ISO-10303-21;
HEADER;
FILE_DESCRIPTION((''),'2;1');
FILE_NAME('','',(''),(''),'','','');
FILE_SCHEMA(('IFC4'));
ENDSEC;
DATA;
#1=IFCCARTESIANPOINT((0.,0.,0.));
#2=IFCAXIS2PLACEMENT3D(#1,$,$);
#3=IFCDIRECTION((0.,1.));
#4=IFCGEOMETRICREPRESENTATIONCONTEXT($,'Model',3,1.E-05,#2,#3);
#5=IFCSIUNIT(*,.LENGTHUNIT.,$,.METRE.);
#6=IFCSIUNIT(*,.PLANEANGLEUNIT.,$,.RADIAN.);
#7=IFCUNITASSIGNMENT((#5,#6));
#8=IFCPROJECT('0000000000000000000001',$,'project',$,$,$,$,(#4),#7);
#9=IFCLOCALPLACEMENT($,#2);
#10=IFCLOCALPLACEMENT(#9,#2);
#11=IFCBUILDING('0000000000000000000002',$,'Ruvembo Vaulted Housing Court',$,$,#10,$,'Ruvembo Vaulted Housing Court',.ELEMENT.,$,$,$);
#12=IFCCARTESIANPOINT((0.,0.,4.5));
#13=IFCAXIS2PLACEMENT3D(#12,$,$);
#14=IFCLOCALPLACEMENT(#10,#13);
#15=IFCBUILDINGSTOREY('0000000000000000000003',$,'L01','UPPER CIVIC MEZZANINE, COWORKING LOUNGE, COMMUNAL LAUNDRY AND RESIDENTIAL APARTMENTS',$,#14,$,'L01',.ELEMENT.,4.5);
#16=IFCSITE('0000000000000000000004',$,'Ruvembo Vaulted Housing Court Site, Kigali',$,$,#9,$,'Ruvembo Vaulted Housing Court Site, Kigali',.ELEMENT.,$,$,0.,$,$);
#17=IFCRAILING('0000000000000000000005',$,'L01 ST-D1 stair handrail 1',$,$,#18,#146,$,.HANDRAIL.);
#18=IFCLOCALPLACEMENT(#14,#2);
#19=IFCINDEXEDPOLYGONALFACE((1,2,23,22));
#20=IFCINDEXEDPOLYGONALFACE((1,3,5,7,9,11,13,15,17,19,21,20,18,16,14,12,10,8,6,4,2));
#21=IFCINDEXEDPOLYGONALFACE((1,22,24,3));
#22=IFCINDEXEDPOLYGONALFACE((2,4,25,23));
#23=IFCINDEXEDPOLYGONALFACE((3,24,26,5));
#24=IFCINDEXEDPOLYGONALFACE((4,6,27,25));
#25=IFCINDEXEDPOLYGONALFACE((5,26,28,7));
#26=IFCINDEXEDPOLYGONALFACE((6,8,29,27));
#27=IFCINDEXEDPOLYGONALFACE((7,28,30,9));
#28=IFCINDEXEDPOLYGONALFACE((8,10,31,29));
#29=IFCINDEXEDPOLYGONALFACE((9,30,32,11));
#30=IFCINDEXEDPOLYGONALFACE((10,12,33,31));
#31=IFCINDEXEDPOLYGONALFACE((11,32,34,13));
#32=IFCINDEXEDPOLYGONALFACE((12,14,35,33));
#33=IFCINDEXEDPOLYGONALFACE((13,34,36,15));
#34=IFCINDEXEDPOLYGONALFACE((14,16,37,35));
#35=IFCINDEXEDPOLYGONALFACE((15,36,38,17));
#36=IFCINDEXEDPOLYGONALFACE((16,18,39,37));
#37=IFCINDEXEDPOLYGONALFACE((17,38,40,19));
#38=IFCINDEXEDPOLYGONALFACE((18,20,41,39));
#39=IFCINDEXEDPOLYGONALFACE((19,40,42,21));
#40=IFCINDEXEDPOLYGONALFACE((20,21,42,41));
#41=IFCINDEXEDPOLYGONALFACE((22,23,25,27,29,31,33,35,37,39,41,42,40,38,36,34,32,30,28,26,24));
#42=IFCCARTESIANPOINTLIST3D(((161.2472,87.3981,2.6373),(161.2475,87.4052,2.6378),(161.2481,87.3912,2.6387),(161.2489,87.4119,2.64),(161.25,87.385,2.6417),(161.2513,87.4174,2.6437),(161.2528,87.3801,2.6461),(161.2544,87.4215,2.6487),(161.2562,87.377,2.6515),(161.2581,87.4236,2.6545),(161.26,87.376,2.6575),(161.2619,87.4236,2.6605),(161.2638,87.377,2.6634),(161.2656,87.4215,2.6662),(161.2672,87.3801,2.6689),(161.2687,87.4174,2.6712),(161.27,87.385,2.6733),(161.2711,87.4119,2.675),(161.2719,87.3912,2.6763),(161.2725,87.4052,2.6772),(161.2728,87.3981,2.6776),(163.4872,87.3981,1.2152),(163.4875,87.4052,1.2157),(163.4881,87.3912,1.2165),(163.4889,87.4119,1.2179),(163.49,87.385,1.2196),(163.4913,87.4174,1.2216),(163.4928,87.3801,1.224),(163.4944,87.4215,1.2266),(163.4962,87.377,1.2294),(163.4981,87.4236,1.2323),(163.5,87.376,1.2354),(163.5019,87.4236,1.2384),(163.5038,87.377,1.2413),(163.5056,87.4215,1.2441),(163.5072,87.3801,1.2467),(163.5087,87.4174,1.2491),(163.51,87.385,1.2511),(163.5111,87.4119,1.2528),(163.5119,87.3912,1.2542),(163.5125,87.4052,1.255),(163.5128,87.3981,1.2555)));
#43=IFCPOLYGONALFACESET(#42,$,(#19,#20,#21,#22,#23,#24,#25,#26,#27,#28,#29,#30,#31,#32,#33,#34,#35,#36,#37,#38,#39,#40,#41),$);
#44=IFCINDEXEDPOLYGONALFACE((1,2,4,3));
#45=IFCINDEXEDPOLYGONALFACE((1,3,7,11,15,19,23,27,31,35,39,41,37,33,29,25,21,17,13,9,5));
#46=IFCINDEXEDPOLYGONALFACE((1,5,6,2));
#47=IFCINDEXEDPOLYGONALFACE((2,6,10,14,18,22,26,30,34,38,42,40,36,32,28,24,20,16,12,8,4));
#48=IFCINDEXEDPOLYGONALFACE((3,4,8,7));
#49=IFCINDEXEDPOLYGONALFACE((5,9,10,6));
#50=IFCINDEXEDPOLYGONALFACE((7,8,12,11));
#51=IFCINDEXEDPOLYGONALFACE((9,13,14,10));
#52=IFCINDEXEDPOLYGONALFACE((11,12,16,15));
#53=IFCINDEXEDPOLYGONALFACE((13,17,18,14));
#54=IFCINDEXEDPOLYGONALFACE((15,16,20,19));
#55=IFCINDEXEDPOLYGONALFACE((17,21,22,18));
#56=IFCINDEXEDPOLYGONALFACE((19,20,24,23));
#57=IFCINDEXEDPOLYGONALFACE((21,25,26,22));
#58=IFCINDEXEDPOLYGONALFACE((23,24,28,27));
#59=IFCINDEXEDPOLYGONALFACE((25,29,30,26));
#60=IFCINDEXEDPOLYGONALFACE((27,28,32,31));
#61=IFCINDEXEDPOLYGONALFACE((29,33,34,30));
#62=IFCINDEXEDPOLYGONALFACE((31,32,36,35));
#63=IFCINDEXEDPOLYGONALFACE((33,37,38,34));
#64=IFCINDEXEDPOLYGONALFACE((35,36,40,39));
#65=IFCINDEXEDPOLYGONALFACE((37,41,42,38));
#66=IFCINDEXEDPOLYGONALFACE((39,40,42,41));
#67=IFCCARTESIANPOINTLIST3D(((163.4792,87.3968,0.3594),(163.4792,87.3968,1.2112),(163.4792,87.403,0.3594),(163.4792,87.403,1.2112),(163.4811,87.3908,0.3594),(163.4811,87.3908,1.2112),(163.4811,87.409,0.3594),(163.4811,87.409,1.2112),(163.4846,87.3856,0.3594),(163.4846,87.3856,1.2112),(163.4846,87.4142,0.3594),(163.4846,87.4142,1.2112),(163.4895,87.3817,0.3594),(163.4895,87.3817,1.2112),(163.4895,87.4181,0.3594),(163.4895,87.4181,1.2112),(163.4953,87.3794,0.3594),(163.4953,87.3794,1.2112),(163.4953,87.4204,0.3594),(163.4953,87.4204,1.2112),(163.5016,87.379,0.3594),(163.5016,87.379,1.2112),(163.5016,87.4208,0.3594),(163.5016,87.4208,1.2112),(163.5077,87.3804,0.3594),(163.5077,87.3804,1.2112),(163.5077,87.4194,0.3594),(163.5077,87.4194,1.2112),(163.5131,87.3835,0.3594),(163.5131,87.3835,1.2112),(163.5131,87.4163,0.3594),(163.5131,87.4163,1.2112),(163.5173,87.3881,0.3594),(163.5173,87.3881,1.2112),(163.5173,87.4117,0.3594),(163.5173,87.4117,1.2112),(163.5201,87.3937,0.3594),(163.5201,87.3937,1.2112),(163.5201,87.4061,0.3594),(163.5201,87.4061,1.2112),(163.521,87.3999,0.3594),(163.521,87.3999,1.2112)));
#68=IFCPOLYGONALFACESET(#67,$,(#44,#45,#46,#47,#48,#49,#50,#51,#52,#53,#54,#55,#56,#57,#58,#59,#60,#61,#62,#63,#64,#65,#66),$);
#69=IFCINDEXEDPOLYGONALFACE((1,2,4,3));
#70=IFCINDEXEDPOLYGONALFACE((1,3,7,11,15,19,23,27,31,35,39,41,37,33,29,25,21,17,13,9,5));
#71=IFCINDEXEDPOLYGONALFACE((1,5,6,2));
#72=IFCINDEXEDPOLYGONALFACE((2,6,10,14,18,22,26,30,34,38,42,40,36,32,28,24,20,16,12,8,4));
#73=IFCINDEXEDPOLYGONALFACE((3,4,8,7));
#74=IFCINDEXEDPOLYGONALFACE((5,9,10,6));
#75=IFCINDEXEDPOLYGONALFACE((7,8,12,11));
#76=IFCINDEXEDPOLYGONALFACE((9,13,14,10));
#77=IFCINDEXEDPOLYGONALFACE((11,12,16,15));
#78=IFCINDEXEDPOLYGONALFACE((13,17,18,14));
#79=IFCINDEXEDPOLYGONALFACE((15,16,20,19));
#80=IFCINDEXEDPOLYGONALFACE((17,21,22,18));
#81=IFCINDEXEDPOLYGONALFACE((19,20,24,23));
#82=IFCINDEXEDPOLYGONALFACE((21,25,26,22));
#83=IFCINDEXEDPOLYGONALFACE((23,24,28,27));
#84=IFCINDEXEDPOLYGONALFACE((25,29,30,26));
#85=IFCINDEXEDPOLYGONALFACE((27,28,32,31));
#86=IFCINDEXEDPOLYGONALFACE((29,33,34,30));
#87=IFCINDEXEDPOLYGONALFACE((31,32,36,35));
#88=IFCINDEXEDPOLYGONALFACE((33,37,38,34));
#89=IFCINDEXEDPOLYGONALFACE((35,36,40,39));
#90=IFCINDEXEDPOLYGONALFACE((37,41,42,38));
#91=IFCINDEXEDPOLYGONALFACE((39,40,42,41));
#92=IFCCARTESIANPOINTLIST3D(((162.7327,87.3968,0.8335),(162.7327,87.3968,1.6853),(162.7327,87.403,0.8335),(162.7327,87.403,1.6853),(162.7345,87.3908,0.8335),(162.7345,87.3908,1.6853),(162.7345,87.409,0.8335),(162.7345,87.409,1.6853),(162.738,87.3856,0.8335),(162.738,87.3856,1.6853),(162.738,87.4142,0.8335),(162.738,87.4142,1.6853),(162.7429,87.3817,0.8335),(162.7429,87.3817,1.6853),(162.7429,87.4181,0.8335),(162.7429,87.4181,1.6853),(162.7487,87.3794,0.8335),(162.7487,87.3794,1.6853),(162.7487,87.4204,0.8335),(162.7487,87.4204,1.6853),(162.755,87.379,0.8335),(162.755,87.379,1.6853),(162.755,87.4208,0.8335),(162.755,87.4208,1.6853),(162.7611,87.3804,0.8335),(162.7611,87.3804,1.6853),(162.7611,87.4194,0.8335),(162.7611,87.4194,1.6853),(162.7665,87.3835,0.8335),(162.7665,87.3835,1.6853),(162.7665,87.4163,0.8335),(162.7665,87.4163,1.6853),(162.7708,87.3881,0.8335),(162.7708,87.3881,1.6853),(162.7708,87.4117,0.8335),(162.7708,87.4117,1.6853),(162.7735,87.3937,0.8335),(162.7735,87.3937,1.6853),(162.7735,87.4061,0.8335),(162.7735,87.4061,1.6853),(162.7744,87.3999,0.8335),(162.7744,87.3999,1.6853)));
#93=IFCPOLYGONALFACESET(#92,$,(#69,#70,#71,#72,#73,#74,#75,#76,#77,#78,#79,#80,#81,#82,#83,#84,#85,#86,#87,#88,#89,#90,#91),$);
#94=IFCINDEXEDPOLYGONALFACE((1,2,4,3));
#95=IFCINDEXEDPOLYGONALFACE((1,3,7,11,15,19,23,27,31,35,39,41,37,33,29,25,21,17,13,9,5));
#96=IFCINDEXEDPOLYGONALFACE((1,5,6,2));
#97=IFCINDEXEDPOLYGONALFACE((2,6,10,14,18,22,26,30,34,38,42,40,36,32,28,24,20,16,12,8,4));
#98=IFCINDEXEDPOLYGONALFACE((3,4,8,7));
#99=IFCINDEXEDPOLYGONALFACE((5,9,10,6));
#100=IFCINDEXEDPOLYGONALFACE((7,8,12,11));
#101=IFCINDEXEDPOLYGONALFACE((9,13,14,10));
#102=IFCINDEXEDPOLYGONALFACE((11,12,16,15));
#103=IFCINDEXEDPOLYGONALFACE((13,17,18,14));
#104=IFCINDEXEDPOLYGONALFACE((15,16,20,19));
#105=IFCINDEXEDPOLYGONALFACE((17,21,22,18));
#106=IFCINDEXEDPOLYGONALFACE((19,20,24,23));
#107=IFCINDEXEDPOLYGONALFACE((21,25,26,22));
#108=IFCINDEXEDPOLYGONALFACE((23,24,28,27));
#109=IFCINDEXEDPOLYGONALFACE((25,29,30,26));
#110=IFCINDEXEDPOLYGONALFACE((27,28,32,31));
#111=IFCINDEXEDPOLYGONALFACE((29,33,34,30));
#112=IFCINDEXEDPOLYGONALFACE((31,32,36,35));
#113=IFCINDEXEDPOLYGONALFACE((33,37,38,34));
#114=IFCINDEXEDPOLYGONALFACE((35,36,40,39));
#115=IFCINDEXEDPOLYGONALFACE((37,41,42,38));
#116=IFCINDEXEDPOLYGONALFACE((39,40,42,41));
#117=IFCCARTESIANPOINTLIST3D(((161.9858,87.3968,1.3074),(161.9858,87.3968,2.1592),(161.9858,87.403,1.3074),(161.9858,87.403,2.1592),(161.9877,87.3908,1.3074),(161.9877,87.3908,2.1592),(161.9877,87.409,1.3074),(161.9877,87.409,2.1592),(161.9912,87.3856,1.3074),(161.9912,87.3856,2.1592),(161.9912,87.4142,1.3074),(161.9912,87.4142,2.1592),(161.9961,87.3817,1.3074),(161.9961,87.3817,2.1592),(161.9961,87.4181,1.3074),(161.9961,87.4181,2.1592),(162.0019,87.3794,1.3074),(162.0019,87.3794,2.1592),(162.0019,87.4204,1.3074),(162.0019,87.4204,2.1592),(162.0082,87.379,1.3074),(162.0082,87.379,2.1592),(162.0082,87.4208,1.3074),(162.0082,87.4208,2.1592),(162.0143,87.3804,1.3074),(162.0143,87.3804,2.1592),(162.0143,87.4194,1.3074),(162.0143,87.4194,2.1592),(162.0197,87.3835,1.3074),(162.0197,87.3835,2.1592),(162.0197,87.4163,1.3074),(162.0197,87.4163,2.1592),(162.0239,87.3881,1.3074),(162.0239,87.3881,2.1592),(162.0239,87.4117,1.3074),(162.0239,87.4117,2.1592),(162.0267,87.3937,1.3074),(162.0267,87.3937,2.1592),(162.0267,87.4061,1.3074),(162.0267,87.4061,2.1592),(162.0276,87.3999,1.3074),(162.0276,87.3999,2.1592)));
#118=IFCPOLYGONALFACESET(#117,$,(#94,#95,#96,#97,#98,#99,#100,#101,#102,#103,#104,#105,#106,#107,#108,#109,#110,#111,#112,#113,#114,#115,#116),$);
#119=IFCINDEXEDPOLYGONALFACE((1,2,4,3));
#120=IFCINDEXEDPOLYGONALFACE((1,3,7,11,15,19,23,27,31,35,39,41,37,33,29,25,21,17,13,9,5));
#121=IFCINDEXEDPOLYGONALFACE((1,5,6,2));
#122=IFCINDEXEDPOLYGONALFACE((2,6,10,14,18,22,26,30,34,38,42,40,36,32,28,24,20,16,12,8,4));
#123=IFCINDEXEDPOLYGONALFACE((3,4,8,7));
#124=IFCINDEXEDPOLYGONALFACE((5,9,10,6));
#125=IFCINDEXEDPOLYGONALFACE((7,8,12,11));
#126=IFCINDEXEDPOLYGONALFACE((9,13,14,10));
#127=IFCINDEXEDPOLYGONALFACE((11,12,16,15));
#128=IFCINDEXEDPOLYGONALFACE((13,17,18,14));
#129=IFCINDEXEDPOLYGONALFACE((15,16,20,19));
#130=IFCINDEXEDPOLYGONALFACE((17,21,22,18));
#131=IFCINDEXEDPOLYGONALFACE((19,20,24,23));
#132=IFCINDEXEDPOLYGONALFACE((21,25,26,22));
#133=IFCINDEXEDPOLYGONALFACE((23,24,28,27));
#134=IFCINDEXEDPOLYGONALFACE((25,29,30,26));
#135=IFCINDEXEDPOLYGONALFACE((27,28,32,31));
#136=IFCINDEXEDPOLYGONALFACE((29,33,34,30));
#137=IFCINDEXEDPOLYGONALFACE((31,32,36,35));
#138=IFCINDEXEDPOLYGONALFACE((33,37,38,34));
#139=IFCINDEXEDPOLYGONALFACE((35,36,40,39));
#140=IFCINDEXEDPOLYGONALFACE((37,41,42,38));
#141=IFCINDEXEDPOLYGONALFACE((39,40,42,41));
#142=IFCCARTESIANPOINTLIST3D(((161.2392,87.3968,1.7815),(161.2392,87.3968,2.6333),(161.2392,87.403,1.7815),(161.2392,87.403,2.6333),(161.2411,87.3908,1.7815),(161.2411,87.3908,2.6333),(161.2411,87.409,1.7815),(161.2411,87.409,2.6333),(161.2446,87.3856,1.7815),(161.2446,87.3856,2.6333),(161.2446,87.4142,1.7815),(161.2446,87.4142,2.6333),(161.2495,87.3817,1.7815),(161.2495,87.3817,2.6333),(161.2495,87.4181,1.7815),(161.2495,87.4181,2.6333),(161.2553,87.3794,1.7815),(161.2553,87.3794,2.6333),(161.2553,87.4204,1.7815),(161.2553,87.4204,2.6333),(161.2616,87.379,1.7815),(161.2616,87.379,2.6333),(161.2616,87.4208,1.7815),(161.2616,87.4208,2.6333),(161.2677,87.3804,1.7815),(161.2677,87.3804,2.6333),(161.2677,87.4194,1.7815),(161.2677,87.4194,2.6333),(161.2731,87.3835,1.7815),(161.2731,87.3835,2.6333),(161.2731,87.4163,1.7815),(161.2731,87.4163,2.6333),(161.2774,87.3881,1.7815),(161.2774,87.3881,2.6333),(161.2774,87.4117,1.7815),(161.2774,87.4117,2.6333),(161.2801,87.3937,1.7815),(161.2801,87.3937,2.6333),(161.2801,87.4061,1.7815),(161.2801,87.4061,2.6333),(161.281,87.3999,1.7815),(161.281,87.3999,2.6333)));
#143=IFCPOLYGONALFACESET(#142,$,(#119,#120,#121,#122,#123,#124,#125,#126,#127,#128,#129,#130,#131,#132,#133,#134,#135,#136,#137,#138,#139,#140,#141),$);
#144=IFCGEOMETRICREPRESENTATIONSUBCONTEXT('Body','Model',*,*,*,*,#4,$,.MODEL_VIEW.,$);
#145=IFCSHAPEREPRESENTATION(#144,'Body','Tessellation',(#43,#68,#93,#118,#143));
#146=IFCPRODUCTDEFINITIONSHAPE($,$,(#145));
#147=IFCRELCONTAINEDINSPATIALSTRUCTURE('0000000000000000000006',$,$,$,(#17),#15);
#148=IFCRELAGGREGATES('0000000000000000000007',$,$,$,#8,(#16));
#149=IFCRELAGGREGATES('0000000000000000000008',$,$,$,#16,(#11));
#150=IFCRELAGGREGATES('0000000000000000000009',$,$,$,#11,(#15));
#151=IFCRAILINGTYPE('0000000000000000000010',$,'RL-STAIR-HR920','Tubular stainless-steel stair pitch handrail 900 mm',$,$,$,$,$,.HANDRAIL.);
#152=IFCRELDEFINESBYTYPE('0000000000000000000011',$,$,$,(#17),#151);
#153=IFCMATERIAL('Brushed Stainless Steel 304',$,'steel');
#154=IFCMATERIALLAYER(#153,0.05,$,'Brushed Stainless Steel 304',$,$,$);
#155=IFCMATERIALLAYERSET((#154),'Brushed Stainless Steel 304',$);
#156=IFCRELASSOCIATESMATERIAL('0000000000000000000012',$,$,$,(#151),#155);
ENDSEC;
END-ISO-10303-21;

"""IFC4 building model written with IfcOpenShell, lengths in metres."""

from ifc_helpers import new_model, si_unit, direction, frame, origin, origin_2d, place, context, subcontext, project, spatial, circle, extrude, material, layer, layer_set, type_object, element, save


model = new_model("IFC4")

# Units and contexts
model_context = context("Model", 3, precision=1e-05, world=origin(), true_north=direction((0.0, 1.0)))
body_context = subcontext(model_context, "Body", "Model", "MODEL_VIEW")
ifc_project = project(units=[si_unit("LENGTHUNIT", "METRE"), si_unit("PLANEANGLEUNIT", "RADIAN")], contexts=[model_context])

# Site, building, storey
site_placement = place(None, origin())
site = spatial("IfcSite", under=ifc_project, at=site_placement, Name="Ruvembo Vaulted Housing Court Site, Kigali", LongName="Ruvembo Vaulted Housing Court Site, Kigali", CompositionType="ELEMENT", RefElevation=0.0)
building_placement = place(site_placement, origin())
building = spatial("IfcBuilding", under=site, at=building_placement, Name="Ruvembo Vaulted Housing Court", LongName="Ruvembo Vaulted Housing Court", CompositionType="ELEMENT")
storey_placement = place(building_placement, frame((0.0, 0.0, 4.5)))
storey = spatial("IfcBuildingStorey", under=building, at=storey_placement, Name="L01", Description="UPPER CIVIC MEZZANINE, COWORKING LOUNGE, COMMUNAL LAUNDRY AND RESIDENTIAL APARTMENTS", LongName="L01", CompositionType="ELEMENT", Elevation=4.5)

# Shared definitions
ifc_material_1 = material(Name="Brushed Stainless Steel 304", Category="steel")

# Railing
ifc_layer_1 = layer(ifc_material_1, 0.05, Name="Brushed Stainless Steel 304")
ifc_layer_set_1 = layer_set([ifc_layer_1], Name="Brushed Stainless Steel 304")
railing_type_1 = type_object("IfcRailingType", Name="RL-STAIR-HR920", Description="Tubular stainless-steel stair pitch handrail 900 mm", PredefinedType="HANDRAIL", material=ifc_layer_set_1)
railing_1_placement = place(storey_placement, frame((163.5, 87.3999, 0.3594)))
element("IfcRailing", 1, at=railing_1_placement, inside=storey, type_object=railing_type_1, Name="L01 ST-D1 stair handrail 1", PredefinedType="HANDRAIL", context=body_context, shape_type="SweptSolid", body=[
    extrude(circle(Radius=0.0239, at=origin_2d()), frame((0.0, 0.0, 0.876), z_axis=(-0.844229, 0.0, 0.535982), x_axis=(0.0, -1.0, 0.0)), (0.0, 0.0, 1.0), 2.6533),
    extrude(circle(Radius=0.021, at=origin_2d()), origin(), (0.0, 0.0, 1.0), 0.8518),
    extrude(circle(Radius=0.021, at=origin_2d()), frame((-0.7466, 0.0, 0.4741)), (0.0, 0.0, 1.0), 0.8518),
    extrude(circle(Radius=0.021, at=origin_2d()), frame((-1.4934, 0.0, 0.948)), (0.0, 0.0, 1.0), 0.8518),
    extrude(circle(Radius=0.021, at=origin_2d()), frame((-2.24, 0.0, 1.4221)), (0.0, 0.0, 1.0), 0.8518),
])

save(model, "model.ifc")
